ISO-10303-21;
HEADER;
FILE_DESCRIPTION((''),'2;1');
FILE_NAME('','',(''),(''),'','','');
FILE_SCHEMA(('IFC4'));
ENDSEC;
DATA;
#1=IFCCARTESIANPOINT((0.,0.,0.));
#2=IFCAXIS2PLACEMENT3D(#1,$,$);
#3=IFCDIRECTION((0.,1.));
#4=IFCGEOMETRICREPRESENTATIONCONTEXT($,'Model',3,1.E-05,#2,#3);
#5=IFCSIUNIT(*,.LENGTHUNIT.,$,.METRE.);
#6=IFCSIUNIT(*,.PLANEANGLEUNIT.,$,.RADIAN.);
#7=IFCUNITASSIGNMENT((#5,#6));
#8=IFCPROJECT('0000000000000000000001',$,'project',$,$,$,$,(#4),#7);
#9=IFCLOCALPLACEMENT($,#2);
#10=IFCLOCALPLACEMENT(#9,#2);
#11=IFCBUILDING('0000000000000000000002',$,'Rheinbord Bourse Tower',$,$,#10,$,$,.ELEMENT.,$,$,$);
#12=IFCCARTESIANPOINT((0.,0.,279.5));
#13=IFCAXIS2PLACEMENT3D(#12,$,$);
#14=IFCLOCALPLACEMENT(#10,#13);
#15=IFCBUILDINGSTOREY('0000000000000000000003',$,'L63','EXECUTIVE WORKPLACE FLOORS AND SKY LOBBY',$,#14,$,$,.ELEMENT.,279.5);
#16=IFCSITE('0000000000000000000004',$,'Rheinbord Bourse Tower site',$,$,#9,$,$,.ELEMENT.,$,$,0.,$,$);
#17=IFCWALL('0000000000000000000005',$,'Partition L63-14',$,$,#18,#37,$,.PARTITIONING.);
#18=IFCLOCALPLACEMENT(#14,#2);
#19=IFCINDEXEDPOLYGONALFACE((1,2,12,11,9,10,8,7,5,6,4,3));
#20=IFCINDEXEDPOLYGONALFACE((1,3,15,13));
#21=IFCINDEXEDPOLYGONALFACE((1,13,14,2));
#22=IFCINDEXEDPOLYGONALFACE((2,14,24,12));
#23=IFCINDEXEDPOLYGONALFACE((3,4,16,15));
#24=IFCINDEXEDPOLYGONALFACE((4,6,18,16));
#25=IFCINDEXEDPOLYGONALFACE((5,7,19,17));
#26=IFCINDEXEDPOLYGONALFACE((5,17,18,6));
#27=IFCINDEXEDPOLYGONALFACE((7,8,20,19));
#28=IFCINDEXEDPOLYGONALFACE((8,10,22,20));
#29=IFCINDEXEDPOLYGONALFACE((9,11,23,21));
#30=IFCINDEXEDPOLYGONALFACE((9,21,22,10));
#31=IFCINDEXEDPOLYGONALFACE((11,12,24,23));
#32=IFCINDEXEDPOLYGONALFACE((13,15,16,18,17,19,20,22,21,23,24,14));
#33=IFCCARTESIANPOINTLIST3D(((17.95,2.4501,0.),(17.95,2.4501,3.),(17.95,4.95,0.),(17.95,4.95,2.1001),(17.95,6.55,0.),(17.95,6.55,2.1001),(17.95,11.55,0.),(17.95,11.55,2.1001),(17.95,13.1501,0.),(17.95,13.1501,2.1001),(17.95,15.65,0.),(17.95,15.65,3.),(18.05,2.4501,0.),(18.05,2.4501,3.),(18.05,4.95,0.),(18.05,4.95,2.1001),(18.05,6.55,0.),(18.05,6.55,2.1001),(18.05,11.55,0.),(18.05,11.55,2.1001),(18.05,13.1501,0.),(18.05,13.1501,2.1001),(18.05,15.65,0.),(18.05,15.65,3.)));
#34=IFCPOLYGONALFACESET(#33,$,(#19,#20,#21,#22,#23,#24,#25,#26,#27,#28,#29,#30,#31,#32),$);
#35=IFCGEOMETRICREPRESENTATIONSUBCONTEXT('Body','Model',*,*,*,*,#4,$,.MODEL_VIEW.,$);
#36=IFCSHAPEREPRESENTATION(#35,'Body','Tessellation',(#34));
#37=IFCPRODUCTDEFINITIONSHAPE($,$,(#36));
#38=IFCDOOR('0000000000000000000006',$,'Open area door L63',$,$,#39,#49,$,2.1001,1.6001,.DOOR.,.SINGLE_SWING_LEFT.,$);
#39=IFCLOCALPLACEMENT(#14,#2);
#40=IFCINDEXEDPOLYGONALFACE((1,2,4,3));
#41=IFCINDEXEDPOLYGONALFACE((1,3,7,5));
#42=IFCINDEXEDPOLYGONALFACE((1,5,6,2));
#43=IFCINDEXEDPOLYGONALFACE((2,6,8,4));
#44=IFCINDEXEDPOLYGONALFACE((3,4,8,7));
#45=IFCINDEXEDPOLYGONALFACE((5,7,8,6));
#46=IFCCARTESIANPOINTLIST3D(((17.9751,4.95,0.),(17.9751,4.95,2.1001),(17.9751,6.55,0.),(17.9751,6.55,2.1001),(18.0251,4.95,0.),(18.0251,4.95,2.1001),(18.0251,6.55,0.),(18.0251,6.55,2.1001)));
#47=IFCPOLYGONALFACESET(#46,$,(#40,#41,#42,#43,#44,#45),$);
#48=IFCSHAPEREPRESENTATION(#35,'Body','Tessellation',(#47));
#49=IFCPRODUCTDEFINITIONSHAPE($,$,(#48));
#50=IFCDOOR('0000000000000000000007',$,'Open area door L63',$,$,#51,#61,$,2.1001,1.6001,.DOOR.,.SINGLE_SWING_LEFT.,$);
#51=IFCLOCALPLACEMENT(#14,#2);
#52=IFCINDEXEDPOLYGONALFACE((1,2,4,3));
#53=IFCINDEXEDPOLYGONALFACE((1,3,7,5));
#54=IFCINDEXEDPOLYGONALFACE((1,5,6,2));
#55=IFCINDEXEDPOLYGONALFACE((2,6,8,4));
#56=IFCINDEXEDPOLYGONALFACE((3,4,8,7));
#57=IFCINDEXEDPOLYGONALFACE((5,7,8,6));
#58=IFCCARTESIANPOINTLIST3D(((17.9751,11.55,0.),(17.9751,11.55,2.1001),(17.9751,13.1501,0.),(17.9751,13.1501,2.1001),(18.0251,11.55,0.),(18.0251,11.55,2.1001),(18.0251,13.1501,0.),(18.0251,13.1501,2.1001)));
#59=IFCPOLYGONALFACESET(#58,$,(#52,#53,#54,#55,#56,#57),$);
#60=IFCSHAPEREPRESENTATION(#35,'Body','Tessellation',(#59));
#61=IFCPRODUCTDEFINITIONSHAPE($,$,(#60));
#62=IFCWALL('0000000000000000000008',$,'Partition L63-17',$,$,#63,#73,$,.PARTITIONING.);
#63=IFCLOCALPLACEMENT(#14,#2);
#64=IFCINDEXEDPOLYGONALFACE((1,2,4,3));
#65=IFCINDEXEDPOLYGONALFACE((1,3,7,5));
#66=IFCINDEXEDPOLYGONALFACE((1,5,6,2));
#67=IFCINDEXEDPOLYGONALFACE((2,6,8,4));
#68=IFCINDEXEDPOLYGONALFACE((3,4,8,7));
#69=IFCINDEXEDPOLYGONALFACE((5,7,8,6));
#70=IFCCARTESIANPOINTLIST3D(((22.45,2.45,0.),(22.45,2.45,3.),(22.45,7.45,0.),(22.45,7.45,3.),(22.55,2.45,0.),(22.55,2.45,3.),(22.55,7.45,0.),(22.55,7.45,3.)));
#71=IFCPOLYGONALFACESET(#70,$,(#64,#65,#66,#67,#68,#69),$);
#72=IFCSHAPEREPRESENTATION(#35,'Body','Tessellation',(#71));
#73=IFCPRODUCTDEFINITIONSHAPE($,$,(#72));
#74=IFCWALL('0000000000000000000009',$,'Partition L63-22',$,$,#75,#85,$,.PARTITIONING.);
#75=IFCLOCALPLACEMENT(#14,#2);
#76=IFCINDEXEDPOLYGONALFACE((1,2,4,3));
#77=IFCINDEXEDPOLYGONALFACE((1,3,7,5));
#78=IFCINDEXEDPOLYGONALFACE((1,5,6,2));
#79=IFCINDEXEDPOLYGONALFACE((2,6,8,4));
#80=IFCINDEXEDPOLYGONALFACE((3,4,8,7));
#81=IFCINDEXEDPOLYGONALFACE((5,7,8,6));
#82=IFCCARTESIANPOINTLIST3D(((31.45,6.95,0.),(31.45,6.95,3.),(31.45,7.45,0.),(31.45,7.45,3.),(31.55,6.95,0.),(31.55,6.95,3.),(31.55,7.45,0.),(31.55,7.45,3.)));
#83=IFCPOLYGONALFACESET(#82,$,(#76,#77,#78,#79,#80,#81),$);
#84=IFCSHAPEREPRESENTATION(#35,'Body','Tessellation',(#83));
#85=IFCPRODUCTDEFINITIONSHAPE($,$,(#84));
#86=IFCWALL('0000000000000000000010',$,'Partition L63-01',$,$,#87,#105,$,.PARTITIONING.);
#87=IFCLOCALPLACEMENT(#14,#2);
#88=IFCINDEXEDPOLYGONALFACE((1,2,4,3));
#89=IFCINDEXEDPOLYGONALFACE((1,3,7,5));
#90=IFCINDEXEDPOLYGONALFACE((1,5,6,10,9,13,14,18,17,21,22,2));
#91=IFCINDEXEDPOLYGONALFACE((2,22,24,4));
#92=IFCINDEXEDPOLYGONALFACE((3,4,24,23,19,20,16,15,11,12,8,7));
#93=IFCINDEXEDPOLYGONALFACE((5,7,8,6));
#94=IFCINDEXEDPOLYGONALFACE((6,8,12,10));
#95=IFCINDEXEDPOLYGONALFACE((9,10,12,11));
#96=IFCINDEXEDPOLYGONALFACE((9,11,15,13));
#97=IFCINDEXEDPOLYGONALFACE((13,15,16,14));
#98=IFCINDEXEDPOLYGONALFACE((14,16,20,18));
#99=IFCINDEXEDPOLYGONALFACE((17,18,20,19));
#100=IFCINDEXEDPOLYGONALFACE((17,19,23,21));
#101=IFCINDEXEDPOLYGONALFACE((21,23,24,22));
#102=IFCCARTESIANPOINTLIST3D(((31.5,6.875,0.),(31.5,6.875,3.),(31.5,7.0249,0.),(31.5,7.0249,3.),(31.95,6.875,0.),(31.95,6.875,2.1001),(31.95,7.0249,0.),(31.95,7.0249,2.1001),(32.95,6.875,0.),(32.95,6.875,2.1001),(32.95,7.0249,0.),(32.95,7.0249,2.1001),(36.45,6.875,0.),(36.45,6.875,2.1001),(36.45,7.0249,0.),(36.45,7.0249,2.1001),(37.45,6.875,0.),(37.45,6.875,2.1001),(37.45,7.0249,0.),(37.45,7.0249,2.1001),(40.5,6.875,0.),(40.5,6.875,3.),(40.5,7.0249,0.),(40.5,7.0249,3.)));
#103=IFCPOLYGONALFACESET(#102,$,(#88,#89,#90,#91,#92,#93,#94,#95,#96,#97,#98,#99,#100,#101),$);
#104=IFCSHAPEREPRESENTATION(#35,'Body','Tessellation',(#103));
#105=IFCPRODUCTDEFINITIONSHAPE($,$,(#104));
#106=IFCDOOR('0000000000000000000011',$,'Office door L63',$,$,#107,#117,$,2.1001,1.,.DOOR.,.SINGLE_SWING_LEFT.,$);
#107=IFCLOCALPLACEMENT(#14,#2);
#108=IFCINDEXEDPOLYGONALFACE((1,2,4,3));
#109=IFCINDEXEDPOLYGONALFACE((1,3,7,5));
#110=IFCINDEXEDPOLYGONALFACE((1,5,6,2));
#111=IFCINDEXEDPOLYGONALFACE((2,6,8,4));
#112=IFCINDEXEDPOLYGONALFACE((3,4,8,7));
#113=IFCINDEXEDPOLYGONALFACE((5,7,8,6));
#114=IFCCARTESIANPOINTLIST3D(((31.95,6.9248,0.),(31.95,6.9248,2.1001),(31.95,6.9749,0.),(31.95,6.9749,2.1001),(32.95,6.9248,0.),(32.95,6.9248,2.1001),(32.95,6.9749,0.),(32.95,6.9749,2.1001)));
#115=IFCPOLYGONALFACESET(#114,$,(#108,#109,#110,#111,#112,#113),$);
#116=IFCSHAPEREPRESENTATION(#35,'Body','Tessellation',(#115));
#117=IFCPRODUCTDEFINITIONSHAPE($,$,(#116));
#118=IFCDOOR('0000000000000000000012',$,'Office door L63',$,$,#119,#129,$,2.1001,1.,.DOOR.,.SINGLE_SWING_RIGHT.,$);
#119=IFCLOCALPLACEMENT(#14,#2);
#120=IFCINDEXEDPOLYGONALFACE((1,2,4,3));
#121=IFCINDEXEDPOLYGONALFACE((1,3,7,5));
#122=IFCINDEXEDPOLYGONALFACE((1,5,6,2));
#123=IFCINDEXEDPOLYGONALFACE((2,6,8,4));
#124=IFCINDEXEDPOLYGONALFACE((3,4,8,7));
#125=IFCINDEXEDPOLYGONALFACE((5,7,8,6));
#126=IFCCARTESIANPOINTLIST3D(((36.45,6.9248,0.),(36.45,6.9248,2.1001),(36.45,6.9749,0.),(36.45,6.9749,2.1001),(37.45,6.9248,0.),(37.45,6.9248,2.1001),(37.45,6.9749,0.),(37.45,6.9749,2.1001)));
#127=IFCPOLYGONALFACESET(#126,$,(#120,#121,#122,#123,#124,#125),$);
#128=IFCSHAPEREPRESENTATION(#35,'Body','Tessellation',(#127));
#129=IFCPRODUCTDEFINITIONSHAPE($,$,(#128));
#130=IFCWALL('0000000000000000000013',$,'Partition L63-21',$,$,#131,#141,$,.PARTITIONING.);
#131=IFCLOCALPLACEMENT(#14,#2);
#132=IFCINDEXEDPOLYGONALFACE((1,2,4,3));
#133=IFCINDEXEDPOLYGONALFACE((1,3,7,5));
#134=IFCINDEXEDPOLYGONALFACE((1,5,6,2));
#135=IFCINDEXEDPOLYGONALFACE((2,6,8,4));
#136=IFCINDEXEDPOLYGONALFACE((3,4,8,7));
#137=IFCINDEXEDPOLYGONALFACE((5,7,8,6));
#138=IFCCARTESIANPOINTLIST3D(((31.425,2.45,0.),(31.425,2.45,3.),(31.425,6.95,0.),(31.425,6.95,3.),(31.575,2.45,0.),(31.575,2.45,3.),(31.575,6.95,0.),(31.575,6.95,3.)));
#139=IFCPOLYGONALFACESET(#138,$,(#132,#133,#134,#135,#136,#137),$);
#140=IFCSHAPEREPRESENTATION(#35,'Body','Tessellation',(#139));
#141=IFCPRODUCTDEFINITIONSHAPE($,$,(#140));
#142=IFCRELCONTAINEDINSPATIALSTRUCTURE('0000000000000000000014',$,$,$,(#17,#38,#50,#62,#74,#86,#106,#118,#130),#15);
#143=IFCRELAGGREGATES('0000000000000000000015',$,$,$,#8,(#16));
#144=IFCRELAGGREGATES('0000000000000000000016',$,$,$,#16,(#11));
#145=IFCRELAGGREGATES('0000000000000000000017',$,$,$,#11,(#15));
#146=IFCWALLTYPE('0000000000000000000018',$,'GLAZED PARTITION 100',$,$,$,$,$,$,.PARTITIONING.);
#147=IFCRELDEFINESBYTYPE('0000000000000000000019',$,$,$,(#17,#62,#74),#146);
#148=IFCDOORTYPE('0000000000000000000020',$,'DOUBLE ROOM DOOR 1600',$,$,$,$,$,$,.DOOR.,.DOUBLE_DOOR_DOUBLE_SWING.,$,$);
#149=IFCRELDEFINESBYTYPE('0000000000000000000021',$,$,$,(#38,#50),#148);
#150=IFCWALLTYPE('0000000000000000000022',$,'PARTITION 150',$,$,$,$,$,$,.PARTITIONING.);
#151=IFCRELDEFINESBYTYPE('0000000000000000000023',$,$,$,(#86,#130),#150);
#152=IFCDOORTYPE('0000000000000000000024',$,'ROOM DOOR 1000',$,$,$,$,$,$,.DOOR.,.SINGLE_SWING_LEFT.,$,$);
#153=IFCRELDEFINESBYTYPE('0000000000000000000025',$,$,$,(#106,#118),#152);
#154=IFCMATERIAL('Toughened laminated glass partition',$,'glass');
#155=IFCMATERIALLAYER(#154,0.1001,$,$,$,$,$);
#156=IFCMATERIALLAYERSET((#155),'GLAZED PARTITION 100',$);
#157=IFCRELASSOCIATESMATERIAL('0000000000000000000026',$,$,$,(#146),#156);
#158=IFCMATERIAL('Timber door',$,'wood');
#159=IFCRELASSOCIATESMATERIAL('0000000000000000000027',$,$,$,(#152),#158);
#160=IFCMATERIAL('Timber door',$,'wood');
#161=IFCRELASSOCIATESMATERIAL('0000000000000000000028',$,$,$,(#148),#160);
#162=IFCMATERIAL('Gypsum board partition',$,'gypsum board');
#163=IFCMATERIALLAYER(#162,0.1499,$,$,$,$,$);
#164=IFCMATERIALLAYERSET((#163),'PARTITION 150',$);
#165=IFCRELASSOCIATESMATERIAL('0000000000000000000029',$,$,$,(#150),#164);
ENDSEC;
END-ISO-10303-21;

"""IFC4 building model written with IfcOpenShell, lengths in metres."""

from ifc_helpers import new_model, si_unit, direction, frame, frame_2d, origin, place, context, subcontext, project, spatial, rectangle, extrude, material, layer, layer_set, type_object, element, fill, save


model = new_model("IFC4")

# Units and contexts
model_context = context("Model", 3, precision=1e-05, world=origin(), true_north=direction((0.0, 1.0)))
body_context = subcontext(model_context, "Body", "Model", "MODEL_VIEW")
ifc_project = project(units=[si_unit("LENGTHUNIT", "METRE"), si_unit("PLANEANGLEUNIT", "RADIAN")], contexts=[model_context])

# Site, building, storey
site_placement = place(None, origin())
site = spatial("IfcSite", under=ifc_project, at=site_placement, Name="Rheinbord Bourse Tower site", CompositionType="ELEMENT", RefElevation=0.0)
building_placement = place(site_placement, origin())
building = spatial("IfcBuilding", under=site, at=building_placement, Name="Rheinbord Bourse Tower", CompositionType="ELEMENT")
storey_placement = place(building_placement, frame((0.0, 0.0, 279.5)))
storey = spatial("IfcBuildingStorey", under=building, at=storey_placement, Name="L63", Description="EXECUTIVE WORKPLACE FLOORS AND SKY LOBBY", CompositionType="ELEMENT", Elevation=279.5)

# Shared definitions
ifc_material_1 = material(Name="Toughened laminated glass partition", Category="glass")
ifc_layer_1 = layer(ifc_material_1, 0.1001)
ifc_layer_set_1 = layer_set([ifc_layer_1], Name="GLAZED PARTITION 100")
wall_type_1 = type_object("IfcWallType", Name="GLAZED PARTITION 100", PredefinedType="PARTITIONING", material=ifc_layer_set_1)
ifc_material_2 = material(Name="Timber door", Category="wood")
door_type_1 = type_object("IfcDoorType", Name="ROOM DOOR 1000", OperationType="SINGLE_SWING_LEFT", PredefinedType="DOOR", material=ifc_material_2)

# Wall, openings, doors
wall_1_placement = place(storey_placement, frame((18.0, 2.45, 0.0), z_axis=(0.0, 0.0, 1.0), x_axis=(0.0, 1.0, 0.0)))
wall_1 = element("IfcWall", 1, at=wall_1_placement, inside=storey, type_object=wall_type_1, Name="Partition L63-14", PredefinedType="PARTITIONING", context=body_context, shape_type="SweptSolid", body=[
    extrude(rectangle(XDim=13.2, YDim=0.1001, at=frame_2d((6.6001, 0.0))), origin(), (0.0, 0.0, 1.0), 3.0),
])
opening_1_placement = place(wall_1_placement, frame((2.5, 0.0, 0.0)))
opening_1 = element("IfcOpeningElement", 2, at=opening_1_placement, cuts=wall_1, PredefinedType="OPENING", context=body_context, shape_type="SweptSolid", body=[
    extrude(rectangle(XDim=1.6001, YDim=2.1001, at=frame_2d((0.8, 1.05))), frame((0.0, 0.0601, 0.0), z_axis=(0.0, -1.0, 0.0), x_axis=(1.0, 0.0, 0.0)), (0.0, 0.0, 1.0), 0.1201),
])
opening_2_placement = place(wall_1_placement, frame((9.1001, 0.0, 0.0)))
opening_2 = element("IfcOpeningElement", 3, at=opening_2_placement, cuts=wall_1, PredefinedType="OPENING", context=body_context, shape_type="SweptSolid", body=[
    extrude(rectangle(XDim=1.6001, YDim=2.1001, at=frame_2d((0.8, 1.05))), frame((0.0, 0.0601, 0.0), z_axis=(0.0, -1.0, 0.0), x_axis=(1.0, 0.0, 0.0)), (0.0, 0.0, 1.0), 0.1201),
])
ifc_material_3 = material(Name="Timber door", Category="wood")
door_type_2 = type_object("IfcDoorType", Name="DOUBLE ROOM DOOR 1600", OperationType="DOUBLE_DOOR_DOUBLE_SWING", PredefinedType="DOOR", material=ifc_material_3)
door_1_placement = place(opening_1_placement, origin())
door_1 = element("IfcDoor", 4, at=door_1_placement, inside=storey, type_object=door_type_2, Name="Open area door L63", OperationType="SINGLE_SWING_LEFT", OverallHeight=2.1001, OverallWidth=1.6001, PredefinedType="DOOR", context=body_context, shape_type="SweptSolid", body=[
    extrude(rectangle(XDim=1.6001, YDim=2.1001, at=frame_2d((0.8, 1.05))), frame((0.0, 0.0249, 0.0), z_axis=(0.0, -1.0, 0.0), x_axis=(1.0, 0.0, 0.0)), (0.0, 0.0, 1.0), 0.05),
])
fill(opening_1, door_1)
door_2_placement = place(opening_2_placement, origin())
door_2 = element("IfcDoor", 5, at=door_2_placement, inside=storey, type_object=door_type_2, Name="Open area door L63", OperationType="SINGLE_SWING_LEFT", OverallHeight=2.1001, OverallWidth=1.6001, PredefinedType="DOOR", context=body_context, shape_type="SweptSolid", body=[
    extrude(rectangle(XDim=1.6001, YDim=2.1001, at=frame_2d((0.8, 1.05))), frame((0.0, 0.0249, 0.0), z_axis=(0.0, -1.0, 0.0), x_axis=(1.0, 0.0, 0.0)), (0.0, 0.0, 1.0), 0.05),
])
fill(opening_2, door_2)

# Walls
wall_2_placement = place(storey_placement, frame((22.5, 2.45, 0.0), z_axis=(0.0, 0.0, 1.0), x_axis=(0.0, 1.0, 0.0)))
element("IfcWall", 6, at=wall_2_placement, inside=storey, type_object=wall_type_1, Name="Partition L63-17", PredefinedType="PARTITIONING", context=body_context, shape_type="SweptSolid", body=[
    extrude(rectangle(XDim=5.0, YDim=0.1001, at=frame_2d((2.5, 0.0))), origin(), (0.0, 0.0, 1.0), 3.0),
])
wall_3_placement = place(storey_placement, frame((31.5, 6.95, 0.0), z_axis=(0.0, 0.0, 1.0), x_axis=(0.0, 1.0, 0.0)))
element("IfcWall", 7, at=wall_3_placement, inside=storey, type_object=wall_type_1, Name="Partition L63-22", PredefinedType="PARTITIONING", context=body_context, shape_type="SweptSolid", body=[
    extrude(rectangle(XDim=0.5, YDim=0.1001, at=frame_2d((0.25, 0.0))), origin(), (0.0, 0.0, 1.0), 3.0),
])

# Wall, openings, doors
ifc_material_4 = material(Name="Gypsum board partition", Category="gypsum board")
ifc_layer_2 = layer(ifc_material_4, 0.1499)
ifc_layer_set_2 = layer_set([ifc_layer_2], Name="PARTITION 150")
wall_type_2 = type_object("IfcWallType", Name="PARTITION 150", PredefinedType="PARTITIONING", material=ifc_layer_set_2)
wall_4_placement = place(storey_placement, frame((31.5, 6.95, 0.0), z_axis=(0.0, 0.0, 1.0), x_axis=(1.0, 0.0, 0.0)))
wall_4 = element("IfcWall", 8, at=wall_4_placement, inside=storey, type_object=wall_type_2, Name="Partition L63-01", PredefinedType="PARTITIONING", context=body_context, shape_type="SweptSolid", body=[
    extrude(rectangle(XDim=9.0, YDim=0.1499, at=frame_2d((4.5, 0.0))), origin(), (0.0, 0.0, 1.0), 3.0),
])
opening_3_placement = place(wall_4_placement, frame((0.45, 0.0, 0.0)))
opening_3 = element("IfcOpeningElement", 9, at=opening_3_placement, cuts=wall_4, PredefinedType="OPENING", context=body_context, shape_type="SweptSolid", body=[
    extrude(rectangle(XDim=1.0, YDim=2.1001, at=frame_2d((0.5, 1.05))), frame((0.0, 0.085, 0.0), z_axis=(0.0, -1.0, 0.0), x_axis=(1.0, 0.0, 0.0)), (0.0, 0.0, 1.0), 0.1699),
])
opening_4_placement = place(wall_4_placement, frame((4.95, 0.0, 0.0)))
opening_4 = element("IfcOpeningElement", 10, at=opening_4_placement, cuts=wall_4, PredefinedType="OPENING", context=body_context, shape_type="SweptSolid", body=[
    extrude(rectangle(XDim=1.0, YDim=2.1001, at=frame_2d((0.5, 1.05))), frame((0.0, 0.085, 0.0), z_axis=(0.0, -1.0, 0.0), x_axis=(1.0, 0.0, 0.0)), (0.0, 0.0, 1.0), 0.1699),
])
door_3_placement = place(opening_3_placement, origin())
door_3 = element("IfcDoor", 11, at=door_3_placement, inside=storey, type_object=door_type_1, Name="Office door L63", OperationType="SINGLE_SWING_LEFT", OverallHeight=2.1001, OverallWidth=1.0, PredefinedType="DOOR", context=body_context, shape_type="SweptSolid", body=[
    extrude(rectangle(XDim=1.0, YDim=2.1001, at=frame_2d((0.5, 1.05))), frame((0.0, 0.0249, 0.0), z_axis=(0.0, -1.0, 0.0), x_axis=(1.0, 0.0, 0.0)), (0.0, 0.0, 1.0), 0.05),
])
fill(opening_3, door_3)
door_4_placement = place(opening_4_placement, origin())
door_4 = element("IfcDoor", 12, at=door_4_placement, inside=storey, type_object=door_type_1, Name="Office door L63", OperationType="SINGLE_SWING_RIGHT", OverallHeight=2.1001, OverallWidth=1.0, PredefinedType="DOOR", context=body_context, shape_type="SweptSolid", body=[
    extrude(rectangle(XDim=1.0, YDim=2.1001, at=frame_2d((0.5, 1.05))), frame((0.0, 0.0249, 0.0), z_axis=(0.0, -1.0, 0.0), x_axis=(1.0, 0.0, 0.0)), (0.0, 0.0, 1.0), 0.05),
])
fill(opening_4, door_4)

# Wall
wall_5_placement = place(storey_placement, frame((31.5, 2.45, 0.0), z_axis=(0.0, 0.0, 1.0), x_axis=(0.0, 1.0, 0.0)))
element("IfcWall", 13, at=wall_5_placement, inside=storey, type_object=wall_type_2, Name="Partition L63-21", PredefinedType="PARTITIONING", context=body_context, shape_type="SweptSolid", body=[
    extrude(rectangle(XDim=4.5, YDim=0.1499, at=frame_2d((2.25, 0.0))), origin(), (0.0, 0.0, 1.0), 3.0),
])

save(model, "model.ifc")
